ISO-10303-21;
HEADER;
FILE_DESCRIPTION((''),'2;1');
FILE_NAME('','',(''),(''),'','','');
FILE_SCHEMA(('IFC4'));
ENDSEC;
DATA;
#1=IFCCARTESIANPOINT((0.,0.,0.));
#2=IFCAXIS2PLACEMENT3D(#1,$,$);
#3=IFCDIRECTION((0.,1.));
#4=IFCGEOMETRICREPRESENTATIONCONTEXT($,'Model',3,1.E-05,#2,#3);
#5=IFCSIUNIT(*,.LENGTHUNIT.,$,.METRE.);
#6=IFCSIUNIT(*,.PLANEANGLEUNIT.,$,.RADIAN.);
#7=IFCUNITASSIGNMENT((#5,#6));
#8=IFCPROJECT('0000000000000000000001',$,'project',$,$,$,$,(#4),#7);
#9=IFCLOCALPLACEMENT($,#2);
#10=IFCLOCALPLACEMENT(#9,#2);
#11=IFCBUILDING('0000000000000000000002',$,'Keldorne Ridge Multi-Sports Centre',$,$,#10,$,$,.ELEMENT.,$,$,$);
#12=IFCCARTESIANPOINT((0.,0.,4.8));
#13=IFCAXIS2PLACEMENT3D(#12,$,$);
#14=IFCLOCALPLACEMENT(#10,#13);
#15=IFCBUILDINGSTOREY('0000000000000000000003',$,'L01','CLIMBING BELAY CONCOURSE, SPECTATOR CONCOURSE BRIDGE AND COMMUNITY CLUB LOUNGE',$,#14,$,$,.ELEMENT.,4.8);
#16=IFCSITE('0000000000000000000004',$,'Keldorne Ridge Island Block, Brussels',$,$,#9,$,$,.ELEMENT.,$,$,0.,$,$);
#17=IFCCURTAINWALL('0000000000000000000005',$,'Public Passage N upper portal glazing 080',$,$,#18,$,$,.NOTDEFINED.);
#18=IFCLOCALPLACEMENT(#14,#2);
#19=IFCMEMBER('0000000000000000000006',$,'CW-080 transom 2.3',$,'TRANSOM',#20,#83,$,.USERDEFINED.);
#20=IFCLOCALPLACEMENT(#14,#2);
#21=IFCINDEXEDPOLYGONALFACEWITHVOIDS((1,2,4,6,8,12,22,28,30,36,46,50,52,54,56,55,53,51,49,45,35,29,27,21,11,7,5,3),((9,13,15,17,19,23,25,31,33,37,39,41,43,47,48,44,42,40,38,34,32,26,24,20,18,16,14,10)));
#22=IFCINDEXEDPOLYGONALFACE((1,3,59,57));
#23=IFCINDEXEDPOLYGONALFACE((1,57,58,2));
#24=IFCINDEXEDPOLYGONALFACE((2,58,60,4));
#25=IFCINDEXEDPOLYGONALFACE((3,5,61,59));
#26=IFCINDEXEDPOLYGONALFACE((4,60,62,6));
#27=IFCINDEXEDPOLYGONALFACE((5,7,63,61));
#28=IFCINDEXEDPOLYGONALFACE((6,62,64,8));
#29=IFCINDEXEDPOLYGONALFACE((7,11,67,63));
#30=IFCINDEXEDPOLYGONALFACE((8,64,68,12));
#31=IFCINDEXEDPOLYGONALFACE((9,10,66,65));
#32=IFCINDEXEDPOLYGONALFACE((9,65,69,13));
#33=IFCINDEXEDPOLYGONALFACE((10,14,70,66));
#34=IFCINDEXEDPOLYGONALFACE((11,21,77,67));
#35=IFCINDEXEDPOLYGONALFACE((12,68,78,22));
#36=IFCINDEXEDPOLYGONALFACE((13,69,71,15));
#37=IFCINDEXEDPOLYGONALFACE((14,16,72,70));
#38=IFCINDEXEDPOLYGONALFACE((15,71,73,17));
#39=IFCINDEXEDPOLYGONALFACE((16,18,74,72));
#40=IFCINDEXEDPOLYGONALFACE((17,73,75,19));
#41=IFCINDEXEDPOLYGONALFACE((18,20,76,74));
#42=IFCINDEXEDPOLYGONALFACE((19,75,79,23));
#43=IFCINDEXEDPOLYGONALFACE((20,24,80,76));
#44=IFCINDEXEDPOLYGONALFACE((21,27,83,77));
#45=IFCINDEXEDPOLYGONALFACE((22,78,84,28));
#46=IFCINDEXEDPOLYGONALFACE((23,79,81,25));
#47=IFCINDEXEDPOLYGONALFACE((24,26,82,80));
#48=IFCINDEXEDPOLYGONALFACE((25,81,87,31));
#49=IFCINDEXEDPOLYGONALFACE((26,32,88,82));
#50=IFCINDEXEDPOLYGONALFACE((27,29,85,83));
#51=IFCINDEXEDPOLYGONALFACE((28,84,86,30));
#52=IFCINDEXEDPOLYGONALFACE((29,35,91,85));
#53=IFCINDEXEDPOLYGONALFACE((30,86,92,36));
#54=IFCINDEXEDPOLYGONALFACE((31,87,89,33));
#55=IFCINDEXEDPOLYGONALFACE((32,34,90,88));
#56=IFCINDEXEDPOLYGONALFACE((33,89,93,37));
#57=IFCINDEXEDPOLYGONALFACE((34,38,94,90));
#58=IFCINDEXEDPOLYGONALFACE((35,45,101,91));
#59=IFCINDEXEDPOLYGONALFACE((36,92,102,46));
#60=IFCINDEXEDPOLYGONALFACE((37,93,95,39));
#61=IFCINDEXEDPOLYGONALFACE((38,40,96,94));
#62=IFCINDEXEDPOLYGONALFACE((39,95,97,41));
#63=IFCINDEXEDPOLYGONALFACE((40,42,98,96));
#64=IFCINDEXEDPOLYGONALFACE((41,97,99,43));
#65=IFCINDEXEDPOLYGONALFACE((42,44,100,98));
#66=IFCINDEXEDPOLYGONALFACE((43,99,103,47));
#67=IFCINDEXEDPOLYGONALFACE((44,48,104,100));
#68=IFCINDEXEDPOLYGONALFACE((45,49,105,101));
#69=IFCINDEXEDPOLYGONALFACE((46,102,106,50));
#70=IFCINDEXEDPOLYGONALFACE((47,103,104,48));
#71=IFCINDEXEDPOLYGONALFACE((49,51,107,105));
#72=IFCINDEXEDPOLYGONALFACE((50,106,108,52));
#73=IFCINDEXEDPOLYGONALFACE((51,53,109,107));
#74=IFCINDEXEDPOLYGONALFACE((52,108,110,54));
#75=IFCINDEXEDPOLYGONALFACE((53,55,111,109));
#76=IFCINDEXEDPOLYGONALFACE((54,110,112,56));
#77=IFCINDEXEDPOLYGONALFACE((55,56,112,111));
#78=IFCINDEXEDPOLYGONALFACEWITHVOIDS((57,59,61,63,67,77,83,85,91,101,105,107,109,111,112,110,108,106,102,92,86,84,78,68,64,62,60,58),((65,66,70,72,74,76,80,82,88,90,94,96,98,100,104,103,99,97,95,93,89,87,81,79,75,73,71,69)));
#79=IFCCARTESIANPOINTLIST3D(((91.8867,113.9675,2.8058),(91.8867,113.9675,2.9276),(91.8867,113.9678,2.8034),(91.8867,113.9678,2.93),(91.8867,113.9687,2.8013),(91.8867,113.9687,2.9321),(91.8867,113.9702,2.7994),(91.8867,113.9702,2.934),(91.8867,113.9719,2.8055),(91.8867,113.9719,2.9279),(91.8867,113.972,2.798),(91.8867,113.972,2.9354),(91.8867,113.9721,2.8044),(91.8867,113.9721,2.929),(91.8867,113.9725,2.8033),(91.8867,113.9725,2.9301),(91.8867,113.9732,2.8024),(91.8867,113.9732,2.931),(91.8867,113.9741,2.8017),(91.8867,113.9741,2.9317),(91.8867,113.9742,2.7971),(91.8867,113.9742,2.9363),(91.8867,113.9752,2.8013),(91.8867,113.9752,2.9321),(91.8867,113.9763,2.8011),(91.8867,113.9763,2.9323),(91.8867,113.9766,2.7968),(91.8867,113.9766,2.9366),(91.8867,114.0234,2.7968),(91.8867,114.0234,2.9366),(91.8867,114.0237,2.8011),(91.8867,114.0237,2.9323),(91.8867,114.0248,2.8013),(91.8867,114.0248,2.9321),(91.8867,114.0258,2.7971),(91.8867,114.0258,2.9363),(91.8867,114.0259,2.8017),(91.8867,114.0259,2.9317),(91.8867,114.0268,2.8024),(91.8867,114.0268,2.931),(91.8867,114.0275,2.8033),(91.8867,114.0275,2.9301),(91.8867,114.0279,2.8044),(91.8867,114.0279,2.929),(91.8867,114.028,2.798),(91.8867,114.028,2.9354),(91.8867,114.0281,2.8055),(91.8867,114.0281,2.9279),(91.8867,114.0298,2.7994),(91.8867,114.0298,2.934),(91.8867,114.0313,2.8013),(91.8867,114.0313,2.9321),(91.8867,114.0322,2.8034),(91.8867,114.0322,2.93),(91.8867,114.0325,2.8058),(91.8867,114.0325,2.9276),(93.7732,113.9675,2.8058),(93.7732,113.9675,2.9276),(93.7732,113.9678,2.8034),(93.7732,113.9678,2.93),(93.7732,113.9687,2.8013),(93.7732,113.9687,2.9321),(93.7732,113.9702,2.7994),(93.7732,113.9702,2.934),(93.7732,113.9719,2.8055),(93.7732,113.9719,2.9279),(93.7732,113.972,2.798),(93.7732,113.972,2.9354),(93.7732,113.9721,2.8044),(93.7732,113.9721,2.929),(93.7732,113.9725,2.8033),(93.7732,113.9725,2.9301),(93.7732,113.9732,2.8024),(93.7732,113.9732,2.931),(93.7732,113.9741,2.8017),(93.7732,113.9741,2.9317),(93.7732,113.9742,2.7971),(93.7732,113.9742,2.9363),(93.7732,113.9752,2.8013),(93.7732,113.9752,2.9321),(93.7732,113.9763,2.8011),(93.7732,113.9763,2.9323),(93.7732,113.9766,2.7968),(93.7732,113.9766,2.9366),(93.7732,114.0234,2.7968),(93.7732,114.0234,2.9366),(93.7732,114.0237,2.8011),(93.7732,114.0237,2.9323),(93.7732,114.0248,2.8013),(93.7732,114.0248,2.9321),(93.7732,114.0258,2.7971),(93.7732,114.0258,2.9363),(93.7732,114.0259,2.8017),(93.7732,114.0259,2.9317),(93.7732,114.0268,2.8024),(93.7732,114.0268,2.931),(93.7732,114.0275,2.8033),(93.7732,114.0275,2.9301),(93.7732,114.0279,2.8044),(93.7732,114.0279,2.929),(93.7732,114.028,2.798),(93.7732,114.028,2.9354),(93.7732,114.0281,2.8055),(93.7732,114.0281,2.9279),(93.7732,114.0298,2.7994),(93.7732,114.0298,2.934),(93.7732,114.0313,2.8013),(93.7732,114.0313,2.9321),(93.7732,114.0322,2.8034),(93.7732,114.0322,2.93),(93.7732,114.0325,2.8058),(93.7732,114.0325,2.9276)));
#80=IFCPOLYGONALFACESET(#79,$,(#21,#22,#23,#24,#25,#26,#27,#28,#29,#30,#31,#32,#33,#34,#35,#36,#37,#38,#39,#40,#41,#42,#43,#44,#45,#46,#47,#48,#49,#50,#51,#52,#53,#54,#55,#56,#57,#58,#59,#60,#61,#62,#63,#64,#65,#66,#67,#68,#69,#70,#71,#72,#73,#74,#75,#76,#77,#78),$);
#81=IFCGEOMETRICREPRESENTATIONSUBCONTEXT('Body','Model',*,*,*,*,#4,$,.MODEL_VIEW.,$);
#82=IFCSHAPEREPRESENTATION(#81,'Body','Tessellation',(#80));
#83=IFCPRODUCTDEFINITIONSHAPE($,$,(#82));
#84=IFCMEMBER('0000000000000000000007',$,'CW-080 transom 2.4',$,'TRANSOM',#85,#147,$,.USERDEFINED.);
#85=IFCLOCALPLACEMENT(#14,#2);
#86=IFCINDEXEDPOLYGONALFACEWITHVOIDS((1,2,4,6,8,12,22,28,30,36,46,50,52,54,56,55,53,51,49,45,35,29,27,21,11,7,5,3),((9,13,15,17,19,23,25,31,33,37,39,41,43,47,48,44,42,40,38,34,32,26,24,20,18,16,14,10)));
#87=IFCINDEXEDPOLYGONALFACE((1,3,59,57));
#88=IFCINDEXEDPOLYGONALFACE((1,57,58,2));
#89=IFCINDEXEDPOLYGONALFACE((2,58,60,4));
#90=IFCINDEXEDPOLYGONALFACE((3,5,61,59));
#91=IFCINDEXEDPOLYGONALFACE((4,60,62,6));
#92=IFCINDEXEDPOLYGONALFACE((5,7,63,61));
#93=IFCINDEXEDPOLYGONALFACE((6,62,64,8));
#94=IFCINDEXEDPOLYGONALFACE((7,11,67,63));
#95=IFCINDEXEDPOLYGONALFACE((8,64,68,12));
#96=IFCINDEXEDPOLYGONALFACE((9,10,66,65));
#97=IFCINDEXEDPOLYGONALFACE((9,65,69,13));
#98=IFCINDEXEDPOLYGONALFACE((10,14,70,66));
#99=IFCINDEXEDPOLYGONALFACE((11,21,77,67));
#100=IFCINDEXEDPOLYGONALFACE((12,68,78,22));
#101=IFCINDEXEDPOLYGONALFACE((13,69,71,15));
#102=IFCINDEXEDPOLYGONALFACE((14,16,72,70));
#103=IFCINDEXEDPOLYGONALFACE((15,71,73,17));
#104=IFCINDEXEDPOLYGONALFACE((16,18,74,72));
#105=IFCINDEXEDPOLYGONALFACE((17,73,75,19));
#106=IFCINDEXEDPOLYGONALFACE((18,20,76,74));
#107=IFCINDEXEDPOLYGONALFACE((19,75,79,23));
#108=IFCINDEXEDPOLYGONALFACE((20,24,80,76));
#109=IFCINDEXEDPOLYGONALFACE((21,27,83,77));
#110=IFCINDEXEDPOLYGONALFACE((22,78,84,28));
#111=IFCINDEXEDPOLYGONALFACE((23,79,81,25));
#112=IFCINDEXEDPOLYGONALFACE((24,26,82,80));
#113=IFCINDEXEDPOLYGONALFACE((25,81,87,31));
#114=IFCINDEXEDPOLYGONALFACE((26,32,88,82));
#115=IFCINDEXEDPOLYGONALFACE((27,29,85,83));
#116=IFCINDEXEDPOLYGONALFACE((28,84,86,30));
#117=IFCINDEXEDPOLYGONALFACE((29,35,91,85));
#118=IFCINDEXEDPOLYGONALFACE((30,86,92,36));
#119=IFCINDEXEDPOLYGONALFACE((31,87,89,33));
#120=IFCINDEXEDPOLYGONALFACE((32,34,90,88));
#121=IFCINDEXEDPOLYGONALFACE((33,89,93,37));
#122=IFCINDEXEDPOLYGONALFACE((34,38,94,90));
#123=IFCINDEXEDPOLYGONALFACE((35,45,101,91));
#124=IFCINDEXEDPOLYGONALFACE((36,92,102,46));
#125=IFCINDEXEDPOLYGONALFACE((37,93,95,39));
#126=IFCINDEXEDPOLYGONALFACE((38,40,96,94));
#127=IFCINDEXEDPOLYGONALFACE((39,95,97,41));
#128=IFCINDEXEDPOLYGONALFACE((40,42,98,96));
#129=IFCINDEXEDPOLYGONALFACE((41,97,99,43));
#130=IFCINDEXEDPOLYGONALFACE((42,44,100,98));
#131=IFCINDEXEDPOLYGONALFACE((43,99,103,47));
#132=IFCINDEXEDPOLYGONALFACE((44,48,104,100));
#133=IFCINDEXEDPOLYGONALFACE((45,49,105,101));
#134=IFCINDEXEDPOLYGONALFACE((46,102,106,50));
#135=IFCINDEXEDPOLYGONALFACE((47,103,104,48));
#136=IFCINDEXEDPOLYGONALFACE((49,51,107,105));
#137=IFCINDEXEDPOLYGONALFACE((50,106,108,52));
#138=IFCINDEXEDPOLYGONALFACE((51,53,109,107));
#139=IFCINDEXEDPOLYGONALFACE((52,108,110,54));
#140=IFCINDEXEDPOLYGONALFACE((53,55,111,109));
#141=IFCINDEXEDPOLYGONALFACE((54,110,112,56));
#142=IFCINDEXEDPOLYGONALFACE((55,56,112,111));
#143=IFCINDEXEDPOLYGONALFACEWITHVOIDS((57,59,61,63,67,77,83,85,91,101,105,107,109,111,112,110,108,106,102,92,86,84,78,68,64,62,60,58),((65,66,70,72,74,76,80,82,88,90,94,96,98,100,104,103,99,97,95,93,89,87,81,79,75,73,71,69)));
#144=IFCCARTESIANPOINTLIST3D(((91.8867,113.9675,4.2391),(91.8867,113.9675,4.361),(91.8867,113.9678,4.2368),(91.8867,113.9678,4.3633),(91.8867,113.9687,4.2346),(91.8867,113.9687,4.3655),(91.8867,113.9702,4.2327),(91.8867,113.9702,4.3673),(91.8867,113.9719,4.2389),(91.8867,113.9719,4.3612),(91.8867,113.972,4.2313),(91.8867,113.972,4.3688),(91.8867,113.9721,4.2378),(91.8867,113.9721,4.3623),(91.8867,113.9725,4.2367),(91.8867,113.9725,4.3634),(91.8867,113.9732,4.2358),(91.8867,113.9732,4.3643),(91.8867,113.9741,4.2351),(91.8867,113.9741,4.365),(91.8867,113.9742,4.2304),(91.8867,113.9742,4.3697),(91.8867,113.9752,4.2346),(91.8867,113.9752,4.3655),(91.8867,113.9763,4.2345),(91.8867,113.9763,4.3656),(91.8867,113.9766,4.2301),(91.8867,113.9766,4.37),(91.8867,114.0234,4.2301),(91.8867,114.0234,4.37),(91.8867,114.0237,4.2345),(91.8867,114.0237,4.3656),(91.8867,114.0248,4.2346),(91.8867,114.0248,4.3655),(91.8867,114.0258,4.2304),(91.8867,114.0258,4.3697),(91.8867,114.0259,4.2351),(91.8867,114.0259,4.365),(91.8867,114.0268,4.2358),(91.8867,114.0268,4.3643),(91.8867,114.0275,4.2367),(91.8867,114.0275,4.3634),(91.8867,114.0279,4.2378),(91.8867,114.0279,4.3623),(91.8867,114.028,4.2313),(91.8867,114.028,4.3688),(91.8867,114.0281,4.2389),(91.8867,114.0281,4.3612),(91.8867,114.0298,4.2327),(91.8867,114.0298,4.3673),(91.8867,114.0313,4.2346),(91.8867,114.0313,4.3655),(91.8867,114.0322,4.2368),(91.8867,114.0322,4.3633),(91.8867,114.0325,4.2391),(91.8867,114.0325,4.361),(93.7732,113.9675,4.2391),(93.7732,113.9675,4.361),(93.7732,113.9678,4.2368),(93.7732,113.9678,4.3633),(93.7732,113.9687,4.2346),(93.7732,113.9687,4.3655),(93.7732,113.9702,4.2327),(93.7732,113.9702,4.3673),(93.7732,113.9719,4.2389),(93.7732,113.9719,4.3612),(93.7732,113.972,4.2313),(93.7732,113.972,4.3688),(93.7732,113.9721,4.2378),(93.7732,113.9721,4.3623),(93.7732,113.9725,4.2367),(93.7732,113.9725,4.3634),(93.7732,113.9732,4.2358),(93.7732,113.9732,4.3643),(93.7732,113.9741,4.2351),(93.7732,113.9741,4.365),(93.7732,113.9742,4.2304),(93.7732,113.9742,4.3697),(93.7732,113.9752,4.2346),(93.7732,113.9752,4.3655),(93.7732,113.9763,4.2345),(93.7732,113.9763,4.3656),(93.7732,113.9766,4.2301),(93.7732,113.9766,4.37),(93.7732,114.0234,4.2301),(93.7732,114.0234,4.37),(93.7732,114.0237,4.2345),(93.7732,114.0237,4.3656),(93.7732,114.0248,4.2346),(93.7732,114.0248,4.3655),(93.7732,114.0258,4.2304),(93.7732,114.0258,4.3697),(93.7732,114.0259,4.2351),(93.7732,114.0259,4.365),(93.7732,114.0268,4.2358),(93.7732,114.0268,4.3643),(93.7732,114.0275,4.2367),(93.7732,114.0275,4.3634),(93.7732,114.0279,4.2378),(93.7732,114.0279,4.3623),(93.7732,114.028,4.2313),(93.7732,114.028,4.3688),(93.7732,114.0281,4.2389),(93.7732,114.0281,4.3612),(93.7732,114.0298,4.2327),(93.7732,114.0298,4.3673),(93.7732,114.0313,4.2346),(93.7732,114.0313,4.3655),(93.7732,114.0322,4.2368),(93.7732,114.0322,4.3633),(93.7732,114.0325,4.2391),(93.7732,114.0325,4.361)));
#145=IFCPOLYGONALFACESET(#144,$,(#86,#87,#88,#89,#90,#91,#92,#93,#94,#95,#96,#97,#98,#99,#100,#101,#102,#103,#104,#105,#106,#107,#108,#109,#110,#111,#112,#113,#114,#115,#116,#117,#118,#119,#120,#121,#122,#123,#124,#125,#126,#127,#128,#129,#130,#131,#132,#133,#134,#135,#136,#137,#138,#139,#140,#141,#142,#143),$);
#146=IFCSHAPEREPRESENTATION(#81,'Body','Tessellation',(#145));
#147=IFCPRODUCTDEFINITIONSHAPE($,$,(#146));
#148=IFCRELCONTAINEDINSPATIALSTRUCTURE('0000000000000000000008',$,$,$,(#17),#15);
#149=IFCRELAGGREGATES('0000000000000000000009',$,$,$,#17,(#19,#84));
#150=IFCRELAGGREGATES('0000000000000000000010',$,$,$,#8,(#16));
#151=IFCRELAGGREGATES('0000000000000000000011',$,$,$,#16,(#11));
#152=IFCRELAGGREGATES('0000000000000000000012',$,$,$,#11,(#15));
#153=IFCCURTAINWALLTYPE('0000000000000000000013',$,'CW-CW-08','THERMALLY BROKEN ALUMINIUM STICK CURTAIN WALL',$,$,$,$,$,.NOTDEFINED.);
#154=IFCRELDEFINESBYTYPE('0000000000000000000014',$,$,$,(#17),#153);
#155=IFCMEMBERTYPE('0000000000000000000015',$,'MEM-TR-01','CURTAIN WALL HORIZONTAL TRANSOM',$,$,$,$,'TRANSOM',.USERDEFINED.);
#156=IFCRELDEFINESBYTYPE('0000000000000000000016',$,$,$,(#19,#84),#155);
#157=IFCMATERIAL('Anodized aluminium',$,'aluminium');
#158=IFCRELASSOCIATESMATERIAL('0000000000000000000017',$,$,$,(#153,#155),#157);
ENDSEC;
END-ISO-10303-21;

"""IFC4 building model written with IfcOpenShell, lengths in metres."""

from ifc_helpers import new_model, si_unit, direction, frame, origin, origin_2d, place, context, subcontext, project, spatial, hollow_rectangle, extrude, material, material_profile, profile_set, type_object, element, aggregate, save


model = new_model("IFC4")

# Units and contexts
model_context = context("Model", 3, precision=1e-05, world=origin(), true_north=direction((0.0, 1.0)))
body_context = subcontext(model_context, "Body", "Model", "MODEL_VIEW")
ifc_project = project(units=[si_unit("LENGTHUNIT", "METRE"), si_unit("PLANEANGLEUNIT", "RADIAN")], contexts=[model_context])

# Site, building, storey
site_placement = place(None, origin())
site = spatial("IfcSite", under=ifc_project, at=site_placement, Name="Keldorne Ridge Island Block, Brussels", CompositionType="ELEMENT", RefElevation=0.0)
building_placement = place(site_placement, origin())
building = spatial("IfcBuilding", under=site, at=building_placement, Name="Keldorne Ridge Multi-Sports Centre", CompositionType="ELEMENT")
storey_placement = place(building_placement, frame((0.0, 0.0, 4.8)))
storey = spatial("IfcBuildingStorey", under=building, at=storey_placement, Name="L01", Description="CLIMBING BELAY CONCOURSE, SPECTATOR CONCOURSE BRIDGE AND COMMUNITY CLUB LOUNGE", CompositionType="ELEMENT", Elevation=4.8)

# Shared definitions
ifc_material_1 = material(Name="Anodized aluminium", Category="aluminium")

# Curtain wall, members
curtain_wall_type_1 = type_object("IfcCurtainWallType", Name="CW-CW-08", Description="THERMALLY BROKEN ALUMINIUM STICK CURTAIN WALL", PredefinedType="NOTDEFINED", material=ifc_material_1)
curtain_wall_1_placement = place(storey_placement, origin())
curtain_wall_1 = element("IfcCurtainWall", 1, at=curtain_wall_1_placement, inside=storey, type_object=curtain_wall_type_1, Name="Public Passage N upper portal glazing 080", PredefinedType="NOTDEFINED")
ifc_material_profile_1 = material_profile(ifc_material_1, hollow_rectangle(XDim=0.0649, YDim=0.1399, WallThickness=0.0044, InnerFilletRadius=0.0044, OuterFilletRadius=0.009, at=origin_2d()), Name="ALU TRANSOM 140x65x4.5")
ifc_profile_set_1 = profile_set([ifc_material_profile_1], Name="Anodized aluminium")
member_type_1 = type_object("IfcMemberType", Name="MEM-TR-01", Description="CURTAIN WALL HORIZONTAL TRANSOM", ElementType="TRANSOM", PredefinedType="USERDEFINED", material=ifc_profile_set_1)
member_1_placement = place(storey_placement, frame((93.7732, 114.0, 2.8667), z_axis=(-1.0, 0.0, 0.0), x_axis=(0.0, -1.0, 0.0)))
member_1 = element("IfcMember", 2, at=member_1_placement, type_object=member_type_1, Name="CW-080 transom 2.3", ObjectType="TRANSOM", PredefinedType="USERDEFINED", context=body_context, shape_type="SweptSolid", body=[
    extrude(hollow_rectangle(XDim=0.0649, YDim=0.1399, WallThickness=0.0044, InnerFilletRadius=0.0044, OuterFilletRadius=0.009, at=origin_2d()), origin(), (0.0, 0.0, 1.0), 1.8865),
])
member_2_placement = place(storey_placement, frame((93.7732, 114.0, 4.3), z_axis=(-1.0, 0.0, 0.0), x_axis=(0.0, -1.0, 0.0)))
member_2 = element("IfcMember", 3, at=member_2_placement, type_object=member_type_1, Name="CW-080 transom 2.4", ObjectType="TRANSOM", PredefinedType="USERDEFINED", context=body_context, shape_type="SweptSolid", body=[
    extrude(hollow_rectangle(XDim=0.0649, YDim=0.1399, WallThickness=0.0044, InnerFilletRadius=0.0044, OuterFilletRadius=0.009, at=origin_2d()), origin(), (0.0, 0.0, 1.0), 1.8865),
])

aggregate(curtain_wall_1, [member_1, member_2])

save(model, "model.ifc")
